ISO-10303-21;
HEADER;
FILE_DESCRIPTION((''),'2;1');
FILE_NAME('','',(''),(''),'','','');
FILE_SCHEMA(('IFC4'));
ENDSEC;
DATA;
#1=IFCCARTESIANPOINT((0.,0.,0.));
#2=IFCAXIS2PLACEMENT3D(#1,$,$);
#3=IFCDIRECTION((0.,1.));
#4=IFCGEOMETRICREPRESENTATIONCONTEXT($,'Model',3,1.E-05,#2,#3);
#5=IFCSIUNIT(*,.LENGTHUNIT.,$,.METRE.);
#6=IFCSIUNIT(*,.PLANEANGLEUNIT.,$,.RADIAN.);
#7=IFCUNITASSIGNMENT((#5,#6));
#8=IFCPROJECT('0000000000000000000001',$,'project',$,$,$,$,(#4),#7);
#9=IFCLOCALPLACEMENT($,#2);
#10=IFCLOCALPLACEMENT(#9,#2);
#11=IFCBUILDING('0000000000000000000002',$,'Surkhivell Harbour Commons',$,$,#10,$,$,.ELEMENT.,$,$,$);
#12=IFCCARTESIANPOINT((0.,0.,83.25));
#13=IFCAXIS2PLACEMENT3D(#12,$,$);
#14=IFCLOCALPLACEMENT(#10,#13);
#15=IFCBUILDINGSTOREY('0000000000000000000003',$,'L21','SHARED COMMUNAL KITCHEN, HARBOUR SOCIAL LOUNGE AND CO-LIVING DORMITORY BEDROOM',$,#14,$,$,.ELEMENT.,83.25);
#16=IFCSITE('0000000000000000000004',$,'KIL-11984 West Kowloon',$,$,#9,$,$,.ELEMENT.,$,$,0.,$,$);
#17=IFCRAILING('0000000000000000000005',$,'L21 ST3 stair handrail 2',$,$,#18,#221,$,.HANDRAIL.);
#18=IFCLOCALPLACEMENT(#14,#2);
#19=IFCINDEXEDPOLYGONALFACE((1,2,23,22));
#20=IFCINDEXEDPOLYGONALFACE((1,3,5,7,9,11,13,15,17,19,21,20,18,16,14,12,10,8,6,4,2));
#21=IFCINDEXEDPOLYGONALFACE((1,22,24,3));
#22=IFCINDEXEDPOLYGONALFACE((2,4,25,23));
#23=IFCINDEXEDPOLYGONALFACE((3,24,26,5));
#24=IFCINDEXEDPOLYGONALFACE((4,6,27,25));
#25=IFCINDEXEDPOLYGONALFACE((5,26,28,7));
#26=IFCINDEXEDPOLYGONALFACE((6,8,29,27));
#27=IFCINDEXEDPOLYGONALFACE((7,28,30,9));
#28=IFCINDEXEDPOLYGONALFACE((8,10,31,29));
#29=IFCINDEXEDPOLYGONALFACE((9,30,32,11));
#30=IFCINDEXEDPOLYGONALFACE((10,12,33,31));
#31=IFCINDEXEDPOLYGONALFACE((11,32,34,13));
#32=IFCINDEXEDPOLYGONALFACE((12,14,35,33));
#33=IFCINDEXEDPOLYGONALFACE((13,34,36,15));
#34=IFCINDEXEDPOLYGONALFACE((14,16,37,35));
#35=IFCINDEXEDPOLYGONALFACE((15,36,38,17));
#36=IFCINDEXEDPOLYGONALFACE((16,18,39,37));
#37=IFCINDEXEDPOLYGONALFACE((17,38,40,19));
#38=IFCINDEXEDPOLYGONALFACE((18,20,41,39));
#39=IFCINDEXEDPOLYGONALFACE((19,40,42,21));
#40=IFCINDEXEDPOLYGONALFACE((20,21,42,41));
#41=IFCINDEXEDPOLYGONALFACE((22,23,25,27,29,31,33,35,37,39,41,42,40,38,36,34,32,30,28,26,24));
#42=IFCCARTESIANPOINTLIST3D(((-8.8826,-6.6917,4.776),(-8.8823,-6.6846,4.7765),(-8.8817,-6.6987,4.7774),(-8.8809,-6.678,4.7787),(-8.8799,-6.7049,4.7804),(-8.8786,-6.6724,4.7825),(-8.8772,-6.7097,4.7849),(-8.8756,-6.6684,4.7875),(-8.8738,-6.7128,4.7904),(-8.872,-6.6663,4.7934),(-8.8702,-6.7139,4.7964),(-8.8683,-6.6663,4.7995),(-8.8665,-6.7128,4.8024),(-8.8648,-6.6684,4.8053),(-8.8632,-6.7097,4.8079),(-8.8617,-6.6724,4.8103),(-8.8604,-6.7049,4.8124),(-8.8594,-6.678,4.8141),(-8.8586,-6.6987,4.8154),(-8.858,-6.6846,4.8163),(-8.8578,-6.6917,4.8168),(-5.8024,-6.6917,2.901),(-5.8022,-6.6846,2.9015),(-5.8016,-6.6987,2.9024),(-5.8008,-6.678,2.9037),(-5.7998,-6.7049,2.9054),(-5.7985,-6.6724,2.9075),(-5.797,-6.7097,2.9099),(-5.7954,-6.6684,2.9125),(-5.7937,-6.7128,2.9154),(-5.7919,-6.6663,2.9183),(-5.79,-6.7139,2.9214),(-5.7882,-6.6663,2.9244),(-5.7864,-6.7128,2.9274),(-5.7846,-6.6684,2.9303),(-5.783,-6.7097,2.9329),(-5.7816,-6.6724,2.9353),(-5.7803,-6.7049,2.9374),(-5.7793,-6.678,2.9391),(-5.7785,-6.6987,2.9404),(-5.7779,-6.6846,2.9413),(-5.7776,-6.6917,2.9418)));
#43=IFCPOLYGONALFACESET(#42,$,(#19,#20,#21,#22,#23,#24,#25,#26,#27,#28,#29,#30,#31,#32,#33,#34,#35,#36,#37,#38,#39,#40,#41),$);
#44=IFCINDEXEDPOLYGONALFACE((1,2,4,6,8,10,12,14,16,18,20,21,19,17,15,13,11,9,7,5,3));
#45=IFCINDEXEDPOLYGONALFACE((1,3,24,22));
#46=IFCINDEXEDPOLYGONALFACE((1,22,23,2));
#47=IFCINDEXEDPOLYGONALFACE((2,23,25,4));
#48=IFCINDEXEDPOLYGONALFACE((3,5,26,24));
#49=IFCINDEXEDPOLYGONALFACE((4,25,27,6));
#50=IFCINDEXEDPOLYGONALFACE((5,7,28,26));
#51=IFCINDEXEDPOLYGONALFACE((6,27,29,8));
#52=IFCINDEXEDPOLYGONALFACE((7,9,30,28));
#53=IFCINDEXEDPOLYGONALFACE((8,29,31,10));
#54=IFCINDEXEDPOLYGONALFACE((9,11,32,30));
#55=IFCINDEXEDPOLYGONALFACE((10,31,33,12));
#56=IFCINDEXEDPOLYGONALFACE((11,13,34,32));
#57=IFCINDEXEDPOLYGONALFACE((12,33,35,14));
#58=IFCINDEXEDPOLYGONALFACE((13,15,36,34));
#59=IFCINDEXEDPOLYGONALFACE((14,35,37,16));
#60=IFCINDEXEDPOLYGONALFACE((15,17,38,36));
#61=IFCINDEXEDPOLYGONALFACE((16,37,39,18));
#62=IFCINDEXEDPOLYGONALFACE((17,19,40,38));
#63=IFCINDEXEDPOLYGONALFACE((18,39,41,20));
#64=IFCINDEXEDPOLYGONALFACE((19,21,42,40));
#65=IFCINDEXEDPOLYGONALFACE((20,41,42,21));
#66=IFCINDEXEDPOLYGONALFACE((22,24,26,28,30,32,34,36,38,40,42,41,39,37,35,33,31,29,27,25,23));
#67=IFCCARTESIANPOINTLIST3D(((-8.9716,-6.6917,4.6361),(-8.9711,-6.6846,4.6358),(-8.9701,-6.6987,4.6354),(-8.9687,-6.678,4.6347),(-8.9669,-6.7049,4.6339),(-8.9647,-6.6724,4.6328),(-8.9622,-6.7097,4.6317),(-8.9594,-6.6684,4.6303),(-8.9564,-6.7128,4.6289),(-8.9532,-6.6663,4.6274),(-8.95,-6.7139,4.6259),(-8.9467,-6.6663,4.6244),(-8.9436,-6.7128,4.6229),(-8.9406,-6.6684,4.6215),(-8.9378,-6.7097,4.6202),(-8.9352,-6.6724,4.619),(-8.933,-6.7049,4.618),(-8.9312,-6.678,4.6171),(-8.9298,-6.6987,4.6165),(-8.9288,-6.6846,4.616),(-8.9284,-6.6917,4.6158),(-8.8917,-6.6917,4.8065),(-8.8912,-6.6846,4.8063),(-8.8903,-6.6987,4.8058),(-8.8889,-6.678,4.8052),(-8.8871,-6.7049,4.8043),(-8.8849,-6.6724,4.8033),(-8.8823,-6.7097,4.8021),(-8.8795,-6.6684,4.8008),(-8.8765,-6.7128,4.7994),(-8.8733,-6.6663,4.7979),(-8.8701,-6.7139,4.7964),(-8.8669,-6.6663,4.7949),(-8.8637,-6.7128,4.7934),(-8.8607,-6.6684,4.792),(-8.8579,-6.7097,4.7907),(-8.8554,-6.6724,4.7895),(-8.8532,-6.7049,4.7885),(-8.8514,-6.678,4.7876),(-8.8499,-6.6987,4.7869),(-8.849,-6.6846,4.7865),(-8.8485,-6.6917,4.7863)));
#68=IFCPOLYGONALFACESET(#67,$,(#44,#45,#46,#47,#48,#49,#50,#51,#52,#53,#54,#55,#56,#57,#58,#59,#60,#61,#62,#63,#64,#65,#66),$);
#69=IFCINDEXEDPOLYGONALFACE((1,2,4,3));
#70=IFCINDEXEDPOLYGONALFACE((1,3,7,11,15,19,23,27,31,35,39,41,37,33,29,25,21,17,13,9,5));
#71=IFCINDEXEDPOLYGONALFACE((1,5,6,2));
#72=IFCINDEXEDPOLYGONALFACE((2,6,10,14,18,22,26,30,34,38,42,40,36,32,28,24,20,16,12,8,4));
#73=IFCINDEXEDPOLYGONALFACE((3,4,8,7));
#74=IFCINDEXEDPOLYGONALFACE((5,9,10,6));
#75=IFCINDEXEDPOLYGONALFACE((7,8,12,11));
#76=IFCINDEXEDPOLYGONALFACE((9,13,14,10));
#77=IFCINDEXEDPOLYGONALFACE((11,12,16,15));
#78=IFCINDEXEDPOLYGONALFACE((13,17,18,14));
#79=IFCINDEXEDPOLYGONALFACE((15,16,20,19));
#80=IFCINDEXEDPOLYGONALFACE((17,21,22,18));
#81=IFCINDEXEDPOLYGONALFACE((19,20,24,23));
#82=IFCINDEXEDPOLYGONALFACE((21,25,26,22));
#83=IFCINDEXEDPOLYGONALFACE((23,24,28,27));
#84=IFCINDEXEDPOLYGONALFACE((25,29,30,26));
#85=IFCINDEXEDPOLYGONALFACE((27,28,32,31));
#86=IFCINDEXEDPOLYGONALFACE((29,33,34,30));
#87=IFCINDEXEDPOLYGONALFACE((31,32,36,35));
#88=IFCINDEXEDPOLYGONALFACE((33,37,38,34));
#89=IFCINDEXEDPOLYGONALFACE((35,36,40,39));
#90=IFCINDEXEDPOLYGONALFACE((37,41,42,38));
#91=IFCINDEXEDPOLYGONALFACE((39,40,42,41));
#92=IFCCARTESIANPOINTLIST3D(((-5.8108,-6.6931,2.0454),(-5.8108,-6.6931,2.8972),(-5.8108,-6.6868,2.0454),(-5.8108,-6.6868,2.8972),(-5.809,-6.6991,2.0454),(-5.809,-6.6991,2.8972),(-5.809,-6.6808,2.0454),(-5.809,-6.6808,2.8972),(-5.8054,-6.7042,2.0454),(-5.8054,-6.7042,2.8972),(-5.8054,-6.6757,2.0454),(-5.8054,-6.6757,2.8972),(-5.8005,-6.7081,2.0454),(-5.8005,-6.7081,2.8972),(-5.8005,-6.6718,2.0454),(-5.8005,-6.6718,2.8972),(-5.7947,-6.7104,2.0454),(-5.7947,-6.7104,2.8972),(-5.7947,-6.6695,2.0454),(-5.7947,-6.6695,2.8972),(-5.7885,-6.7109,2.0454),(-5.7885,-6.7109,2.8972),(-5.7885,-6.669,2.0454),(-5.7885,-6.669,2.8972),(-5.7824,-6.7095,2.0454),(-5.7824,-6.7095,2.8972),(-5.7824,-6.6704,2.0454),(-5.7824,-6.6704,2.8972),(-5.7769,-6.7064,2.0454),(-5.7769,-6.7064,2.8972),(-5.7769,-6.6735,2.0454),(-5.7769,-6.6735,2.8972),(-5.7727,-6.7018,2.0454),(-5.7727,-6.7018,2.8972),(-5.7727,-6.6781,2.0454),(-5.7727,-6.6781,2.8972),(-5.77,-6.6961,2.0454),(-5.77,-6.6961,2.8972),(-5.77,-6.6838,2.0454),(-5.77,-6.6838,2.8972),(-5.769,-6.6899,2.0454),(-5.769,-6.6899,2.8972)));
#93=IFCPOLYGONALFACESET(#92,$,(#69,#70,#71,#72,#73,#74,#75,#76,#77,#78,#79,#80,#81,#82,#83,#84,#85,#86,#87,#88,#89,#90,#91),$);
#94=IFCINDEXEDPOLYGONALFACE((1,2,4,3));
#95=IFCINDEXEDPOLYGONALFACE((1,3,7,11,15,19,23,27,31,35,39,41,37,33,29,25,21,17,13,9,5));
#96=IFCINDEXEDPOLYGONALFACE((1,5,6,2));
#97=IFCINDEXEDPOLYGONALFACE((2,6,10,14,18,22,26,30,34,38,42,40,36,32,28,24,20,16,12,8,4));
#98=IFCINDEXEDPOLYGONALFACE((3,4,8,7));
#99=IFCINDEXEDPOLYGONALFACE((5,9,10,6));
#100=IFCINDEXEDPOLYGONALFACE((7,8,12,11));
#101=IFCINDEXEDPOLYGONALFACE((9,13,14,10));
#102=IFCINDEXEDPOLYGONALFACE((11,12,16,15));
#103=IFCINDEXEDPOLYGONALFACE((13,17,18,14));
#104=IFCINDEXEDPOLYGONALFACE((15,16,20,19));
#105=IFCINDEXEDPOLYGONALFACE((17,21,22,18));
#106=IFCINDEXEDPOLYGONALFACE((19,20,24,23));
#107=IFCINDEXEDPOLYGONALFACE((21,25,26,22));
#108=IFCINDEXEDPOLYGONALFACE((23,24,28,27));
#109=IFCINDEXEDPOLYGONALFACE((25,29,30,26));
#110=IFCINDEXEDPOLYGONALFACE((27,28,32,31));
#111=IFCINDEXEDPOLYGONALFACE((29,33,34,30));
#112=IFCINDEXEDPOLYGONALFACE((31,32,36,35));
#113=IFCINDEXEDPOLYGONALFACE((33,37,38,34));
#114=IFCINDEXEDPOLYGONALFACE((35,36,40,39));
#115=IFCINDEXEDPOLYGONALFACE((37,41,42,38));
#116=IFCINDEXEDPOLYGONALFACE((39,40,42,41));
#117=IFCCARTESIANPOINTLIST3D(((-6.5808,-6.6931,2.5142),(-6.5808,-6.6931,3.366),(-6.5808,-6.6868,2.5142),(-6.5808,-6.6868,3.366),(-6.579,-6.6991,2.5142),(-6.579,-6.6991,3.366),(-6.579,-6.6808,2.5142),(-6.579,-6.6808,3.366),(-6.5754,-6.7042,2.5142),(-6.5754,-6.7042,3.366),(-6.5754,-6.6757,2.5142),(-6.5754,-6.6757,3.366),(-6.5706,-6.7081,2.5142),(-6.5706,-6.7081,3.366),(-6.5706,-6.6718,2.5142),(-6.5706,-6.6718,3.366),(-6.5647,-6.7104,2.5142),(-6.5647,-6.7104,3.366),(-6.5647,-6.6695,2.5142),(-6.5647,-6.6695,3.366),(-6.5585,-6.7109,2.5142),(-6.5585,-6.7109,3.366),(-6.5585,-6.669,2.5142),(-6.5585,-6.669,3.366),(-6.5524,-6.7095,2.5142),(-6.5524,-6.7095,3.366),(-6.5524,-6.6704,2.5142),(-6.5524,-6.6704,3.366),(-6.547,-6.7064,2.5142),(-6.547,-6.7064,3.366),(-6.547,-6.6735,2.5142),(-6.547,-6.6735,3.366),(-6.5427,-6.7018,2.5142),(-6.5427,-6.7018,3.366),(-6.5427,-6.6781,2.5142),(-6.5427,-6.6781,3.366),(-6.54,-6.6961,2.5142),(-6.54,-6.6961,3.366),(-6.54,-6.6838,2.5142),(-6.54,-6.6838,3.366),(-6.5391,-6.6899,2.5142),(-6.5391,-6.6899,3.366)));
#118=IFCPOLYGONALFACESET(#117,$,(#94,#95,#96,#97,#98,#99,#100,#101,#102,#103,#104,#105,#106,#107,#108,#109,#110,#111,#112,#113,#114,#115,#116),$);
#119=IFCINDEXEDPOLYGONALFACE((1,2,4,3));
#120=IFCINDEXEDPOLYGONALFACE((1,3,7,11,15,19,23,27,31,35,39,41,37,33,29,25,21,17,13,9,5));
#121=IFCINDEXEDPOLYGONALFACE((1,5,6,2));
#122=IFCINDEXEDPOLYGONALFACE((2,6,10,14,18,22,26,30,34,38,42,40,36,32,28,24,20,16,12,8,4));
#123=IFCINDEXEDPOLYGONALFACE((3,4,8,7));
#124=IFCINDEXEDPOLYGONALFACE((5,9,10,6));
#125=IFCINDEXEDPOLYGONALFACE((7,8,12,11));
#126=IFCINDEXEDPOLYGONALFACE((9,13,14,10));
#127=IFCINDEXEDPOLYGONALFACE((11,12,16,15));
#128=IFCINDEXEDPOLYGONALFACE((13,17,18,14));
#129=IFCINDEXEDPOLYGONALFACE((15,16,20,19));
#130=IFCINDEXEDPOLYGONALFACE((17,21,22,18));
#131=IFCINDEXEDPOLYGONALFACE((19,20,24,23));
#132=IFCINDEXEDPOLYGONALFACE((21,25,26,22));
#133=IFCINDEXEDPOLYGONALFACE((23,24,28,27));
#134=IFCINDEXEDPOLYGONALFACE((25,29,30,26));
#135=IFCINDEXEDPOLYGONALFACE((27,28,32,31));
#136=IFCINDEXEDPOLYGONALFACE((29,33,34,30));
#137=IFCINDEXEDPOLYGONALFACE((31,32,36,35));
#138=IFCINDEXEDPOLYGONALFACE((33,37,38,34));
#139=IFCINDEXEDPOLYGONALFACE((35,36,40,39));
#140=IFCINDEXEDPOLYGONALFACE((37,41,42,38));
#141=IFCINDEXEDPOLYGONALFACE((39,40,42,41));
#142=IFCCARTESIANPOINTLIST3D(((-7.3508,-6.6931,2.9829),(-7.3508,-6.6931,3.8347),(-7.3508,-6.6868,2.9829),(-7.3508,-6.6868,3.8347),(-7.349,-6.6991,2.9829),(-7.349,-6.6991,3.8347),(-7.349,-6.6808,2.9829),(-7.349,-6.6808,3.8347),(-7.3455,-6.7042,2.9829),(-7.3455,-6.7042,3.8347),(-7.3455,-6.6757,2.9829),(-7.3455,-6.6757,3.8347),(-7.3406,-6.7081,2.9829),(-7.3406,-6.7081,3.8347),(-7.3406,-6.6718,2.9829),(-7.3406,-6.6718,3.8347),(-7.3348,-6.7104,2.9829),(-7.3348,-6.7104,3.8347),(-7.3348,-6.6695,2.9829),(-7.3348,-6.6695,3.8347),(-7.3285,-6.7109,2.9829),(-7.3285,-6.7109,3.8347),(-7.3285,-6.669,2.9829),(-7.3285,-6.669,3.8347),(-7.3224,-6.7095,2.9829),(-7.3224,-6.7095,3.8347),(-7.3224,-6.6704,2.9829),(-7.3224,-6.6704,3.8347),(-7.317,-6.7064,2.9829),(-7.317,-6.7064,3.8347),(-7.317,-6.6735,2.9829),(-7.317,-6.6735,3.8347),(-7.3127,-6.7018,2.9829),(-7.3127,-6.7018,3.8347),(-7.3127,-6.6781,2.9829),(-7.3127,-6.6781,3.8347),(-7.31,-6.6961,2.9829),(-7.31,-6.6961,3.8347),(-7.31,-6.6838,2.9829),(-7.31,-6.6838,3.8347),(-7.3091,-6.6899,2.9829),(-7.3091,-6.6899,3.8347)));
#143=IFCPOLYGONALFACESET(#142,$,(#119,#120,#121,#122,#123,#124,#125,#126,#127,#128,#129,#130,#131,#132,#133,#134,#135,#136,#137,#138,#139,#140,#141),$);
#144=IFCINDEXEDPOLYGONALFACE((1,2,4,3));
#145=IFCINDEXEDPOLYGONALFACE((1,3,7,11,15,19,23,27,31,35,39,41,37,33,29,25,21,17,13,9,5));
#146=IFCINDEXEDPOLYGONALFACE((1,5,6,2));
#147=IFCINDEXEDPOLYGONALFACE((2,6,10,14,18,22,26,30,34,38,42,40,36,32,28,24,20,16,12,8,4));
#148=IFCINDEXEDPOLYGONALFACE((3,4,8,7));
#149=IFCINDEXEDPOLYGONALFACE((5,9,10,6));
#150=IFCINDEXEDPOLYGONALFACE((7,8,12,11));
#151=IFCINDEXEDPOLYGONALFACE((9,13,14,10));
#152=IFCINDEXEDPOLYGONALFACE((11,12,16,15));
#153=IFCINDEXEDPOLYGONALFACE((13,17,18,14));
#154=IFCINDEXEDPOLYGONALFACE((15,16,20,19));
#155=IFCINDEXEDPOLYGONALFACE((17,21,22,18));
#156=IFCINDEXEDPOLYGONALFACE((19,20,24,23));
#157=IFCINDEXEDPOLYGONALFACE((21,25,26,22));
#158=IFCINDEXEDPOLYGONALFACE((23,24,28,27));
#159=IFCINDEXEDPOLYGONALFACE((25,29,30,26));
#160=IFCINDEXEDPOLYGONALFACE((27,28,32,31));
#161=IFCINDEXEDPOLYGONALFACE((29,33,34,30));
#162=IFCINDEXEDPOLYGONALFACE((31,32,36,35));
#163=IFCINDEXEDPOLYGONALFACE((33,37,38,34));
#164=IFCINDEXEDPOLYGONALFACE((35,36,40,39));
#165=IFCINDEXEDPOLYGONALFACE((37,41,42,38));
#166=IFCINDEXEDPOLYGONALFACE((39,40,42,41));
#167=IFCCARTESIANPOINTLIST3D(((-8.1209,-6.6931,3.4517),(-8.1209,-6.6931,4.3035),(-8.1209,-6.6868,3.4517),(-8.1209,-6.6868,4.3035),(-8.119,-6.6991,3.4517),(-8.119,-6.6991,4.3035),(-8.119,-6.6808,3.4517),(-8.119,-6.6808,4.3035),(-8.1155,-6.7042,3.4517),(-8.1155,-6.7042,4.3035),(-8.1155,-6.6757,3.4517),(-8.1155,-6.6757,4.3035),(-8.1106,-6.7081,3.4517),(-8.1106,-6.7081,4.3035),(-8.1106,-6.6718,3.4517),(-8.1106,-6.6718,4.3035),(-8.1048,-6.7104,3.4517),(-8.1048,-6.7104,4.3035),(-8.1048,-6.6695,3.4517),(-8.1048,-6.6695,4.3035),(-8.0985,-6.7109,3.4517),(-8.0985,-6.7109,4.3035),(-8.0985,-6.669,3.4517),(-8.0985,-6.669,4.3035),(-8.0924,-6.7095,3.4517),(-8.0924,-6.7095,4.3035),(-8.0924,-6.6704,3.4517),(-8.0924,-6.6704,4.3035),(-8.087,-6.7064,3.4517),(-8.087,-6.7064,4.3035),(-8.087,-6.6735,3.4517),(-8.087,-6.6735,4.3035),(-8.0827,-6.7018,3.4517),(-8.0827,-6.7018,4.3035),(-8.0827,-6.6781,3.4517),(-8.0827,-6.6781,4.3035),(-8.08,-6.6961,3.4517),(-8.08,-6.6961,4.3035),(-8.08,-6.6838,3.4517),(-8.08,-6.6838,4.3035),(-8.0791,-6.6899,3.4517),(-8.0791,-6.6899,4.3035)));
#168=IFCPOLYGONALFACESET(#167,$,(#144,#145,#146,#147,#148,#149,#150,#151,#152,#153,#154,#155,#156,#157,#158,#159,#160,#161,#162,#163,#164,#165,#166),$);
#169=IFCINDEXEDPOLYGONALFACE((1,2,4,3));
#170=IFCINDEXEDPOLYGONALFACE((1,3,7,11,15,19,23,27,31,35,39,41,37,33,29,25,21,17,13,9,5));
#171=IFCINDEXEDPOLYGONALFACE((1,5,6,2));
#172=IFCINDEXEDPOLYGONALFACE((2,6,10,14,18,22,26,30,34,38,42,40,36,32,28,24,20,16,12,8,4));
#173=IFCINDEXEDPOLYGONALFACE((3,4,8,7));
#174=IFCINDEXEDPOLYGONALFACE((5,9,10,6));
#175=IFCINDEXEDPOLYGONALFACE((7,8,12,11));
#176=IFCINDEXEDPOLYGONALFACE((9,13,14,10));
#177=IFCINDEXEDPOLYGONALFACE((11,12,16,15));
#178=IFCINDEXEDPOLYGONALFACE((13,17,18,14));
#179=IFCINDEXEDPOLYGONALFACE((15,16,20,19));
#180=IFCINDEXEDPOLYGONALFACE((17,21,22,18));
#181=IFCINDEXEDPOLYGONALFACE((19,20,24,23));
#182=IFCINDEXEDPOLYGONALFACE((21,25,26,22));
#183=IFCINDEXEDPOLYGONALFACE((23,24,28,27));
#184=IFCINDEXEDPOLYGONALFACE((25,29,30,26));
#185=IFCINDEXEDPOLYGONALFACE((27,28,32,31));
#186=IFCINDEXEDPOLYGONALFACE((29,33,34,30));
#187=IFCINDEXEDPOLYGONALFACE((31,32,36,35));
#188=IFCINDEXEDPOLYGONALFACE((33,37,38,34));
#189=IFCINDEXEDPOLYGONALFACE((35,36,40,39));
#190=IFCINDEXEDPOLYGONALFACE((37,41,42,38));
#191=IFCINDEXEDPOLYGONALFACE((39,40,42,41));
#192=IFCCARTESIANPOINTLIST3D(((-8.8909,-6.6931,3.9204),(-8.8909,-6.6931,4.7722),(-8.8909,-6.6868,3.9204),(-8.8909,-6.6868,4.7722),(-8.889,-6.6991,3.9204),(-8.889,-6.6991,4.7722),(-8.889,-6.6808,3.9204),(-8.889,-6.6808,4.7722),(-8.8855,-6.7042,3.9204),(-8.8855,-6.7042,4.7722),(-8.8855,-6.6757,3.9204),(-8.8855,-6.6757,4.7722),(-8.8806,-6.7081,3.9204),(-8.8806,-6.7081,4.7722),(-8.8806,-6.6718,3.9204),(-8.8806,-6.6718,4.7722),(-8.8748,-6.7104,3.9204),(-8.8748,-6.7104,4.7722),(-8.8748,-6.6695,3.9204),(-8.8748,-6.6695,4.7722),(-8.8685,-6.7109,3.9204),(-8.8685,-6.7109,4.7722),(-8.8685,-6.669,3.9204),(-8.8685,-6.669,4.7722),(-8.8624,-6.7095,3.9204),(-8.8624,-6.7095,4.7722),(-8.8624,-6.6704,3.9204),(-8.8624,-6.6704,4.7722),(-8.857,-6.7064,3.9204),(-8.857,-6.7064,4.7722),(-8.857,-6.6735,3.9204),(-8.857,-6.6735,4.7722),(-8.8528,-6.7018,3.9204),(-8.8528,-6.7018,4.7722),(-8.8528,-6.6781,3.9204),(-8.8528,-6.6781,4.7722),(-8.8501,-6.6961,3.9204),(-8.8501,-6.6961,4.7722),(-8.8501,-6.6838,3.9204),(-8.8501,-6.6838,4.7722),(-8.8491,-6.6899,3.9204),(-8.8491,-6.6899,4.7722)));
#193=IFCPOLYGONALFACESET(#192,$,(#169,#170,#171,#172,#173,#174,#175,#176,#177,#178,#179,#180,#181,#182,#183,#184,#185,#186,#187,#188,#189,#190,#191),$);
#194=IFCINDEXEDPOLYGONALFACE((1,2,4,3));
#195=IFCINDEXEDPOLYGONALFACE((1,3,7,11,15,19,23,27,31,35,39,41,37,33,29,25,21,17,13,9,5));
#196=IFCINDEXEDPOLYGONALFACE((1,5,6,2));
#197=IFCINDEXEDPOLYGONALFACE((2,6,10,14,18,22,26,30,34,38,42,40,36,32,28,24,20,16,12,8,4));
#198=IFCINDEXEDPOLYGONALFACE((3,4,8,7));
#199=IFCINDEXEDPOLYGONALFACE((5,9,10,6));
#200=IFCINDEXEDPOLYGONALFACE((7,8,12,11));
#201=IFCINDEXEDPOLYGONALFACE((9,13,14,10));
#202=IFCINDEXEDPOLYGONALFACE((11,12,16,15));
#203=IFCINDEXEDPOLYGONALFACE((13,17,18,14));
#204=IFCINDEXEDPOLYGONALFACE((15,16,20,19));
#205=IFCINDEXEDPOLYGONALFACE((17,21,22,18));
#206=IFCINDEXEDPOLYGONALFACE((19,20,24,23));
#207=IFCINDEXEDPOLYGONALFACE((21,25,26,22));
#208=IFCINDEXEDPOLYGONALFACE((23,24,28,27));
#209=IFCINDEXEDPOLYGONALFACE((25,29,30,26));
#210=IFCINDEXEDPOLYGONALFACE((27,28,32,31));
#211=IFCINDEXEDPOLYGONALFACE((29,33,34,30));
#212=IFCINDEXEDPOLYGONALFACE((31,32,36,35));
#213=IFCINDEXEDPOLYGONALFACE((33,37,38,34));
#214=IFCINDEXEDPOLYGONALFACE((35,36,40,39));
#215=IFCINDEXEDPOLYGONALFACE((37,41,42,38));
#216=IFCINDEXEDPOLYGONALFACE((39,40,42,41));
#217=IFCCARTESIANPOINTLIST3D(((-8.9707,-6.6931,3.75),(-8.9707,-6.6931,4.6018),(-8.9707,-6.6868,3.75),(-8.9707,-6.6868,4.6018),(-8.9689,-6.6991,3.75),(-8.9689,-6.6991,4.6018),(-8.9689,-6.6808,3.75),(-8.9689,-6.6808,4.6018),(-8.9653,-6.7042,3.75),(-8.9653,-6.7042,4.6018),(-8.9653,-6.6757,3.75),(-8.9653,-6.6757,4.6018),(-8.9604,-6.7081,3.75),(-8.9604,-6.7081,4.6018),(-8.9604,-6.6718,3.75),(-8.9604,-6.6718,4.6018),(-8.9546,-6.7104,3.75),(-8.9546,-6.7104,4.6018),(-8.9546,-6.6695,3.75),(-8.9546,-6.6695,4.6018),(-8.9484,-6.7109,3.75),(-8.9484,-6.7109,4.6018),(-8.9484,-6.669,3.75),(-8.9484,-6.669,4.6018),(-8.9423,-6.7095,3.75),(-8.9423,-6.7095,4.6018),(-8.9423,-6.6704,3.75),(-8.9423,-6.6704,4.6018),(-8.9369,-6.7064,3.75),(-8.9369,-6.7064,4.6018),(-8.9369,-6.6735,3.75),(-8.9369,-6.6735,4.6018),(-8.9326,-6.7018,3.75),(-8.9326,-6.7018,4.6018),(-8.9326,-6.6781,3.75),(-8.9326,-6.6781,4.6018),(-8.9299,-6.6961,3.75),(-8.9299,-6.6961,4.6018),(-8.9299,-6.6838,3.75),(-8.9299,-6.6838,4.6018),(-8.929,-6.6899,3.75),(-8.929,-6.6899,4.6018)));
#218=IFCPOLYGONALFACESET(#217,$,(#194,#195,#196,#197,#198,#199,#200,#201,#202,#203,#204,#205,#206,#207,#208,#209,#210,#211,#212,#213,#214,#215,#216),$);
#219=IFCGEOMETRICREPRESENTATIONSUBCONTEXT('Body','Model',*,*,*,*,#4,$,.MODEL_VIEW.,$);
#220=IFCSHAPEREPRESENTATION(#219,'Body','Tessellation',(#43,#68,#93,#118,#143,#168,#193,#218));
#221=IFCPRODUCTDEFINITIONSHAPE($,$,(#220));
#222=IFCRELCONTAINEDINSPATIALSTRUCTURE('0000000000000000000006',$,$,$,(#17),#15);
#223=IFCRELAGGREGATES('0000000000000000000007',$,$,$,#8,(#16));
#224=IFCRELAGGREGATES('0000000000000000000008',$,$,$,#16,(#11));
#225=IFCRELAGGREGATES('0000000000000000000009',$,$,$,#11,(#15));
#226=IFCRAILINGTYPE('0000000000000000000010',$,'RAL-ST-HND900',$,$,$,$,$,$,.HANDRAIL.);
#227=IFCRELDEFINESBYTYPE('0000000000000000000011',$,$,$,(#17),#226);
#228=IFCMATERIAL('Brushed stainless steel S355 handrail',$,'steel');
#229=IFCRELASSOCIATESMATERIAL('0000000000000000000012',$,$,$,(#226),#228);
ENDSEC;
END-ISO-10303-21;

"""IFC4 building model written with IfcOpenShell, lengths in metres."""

from ifc_helpers import new_model, si_unit, direction, frame, origin, origin_2d, place, context, subcontext, project, spatial, circle, extrude, material, type_object, element, save


model = new_model("IFC4")

# Units and contexts
model_context = context("Model", 3, precision=1e-05, world=origin(), true_north=direction((0.0, 1.0)))
body_context = subcontext(model_context, "Body", "Model", "MODEL_VIEW")
ifc_project = project(units=[si_unit("LENGTHUNIT", "METRE"), si_unit("PLANEANGLEUNIT", "RADIAN")], contexts=[model_context])

# Site, building, storey
site_placement = place(None, origin())
site = spatial("IfcSite", under=ifc_project, at=site_placement, Name="KIL-11984 West Kowloon", CompositionType="ELEMENT", RefElevation=0.0)
building_placement = place(site_placement, origin())
building = spatial("IfcBuilding", under=site, at=building_placement, Name="Surkhivell Harbour Commons", CompositionType="ELEMENT")
storey_placement = place(building_placement, frame((0.0, 0.0, 83.25)))
storey = spatial("IfcBuildingStorey", under=building, at=storey_placement, Name="L21", Description="SHARED COMMUNAL KITCHEN, HARBOUR SOCIAL LOUNGE AND CO-LIVING DORMITORY BEDROOM", CompositionType="ELEMENT", Elevation=83.25)

# Railing
ifc_material_1 = material(Name="Brushed stainless steel S355 handrail", Category="steel")
railing_type_1 = type_object("IfcRailingType", Name="RAL-ST-HND900", PredefinedType="HANDRAIL", material=ifc_material_1)
railing_1_placement = place(storey_placement, frame((-5.79, -6.6899, 2.0454)))
element("IfcRailing", 1, at=railing_1_placement, inside=storey, type_object=railing_type_1, Name="L21 ST3 stair handrail 2", PredefinedType="HANDRAIL", context=body_context, shape_type="SweptSolid", body=[
    extrude(circle(Radius=0.0239, at=origin_2d()), frame((0.0, 0.0, 0.876), z_axis=(-0.854178, 0.0, 0.519981), x_axis=(0.0, -1.0, 0.0)), (0.0, 0.0, 1.0), 3.606),
    extrude(circle(Radius=0.0239, at=origin_2d()), frame((-3.0801, 0.0, 2.751), z_axis=(-0.424234, 0.0, -0.905552), x_axis=(0.0, -1.0, 0.0)), (0.0, 0.0, 1.0), 0.1882),
    extrude(circle(Radius=0.021, at=origin_2d()), origin(), (0.0, 0.0, 1.0), 0.8518),
    extrude(circle(Radius=0.021, at=origin_2d()), frame((-0.77, 0.0, 0.4688)), (0.0, 0.0, 1.0), 0.8518),
    extrude(circle(Radius=0.021, at=origin_2d()), frame((-1.54, 0.0, 0.9375)), (0.0, 0.0, 1.0), 0.8518),
    extrude(circle(Radius=0.021, at=origin_2d()), frame((-2.3101, 0.0, 1.4062)), (0.0, 0.0, 1.0), 0.8518),
    extrude(circle(Radius=0.021, at=origin_2d()), frame((-3.0801, 0.0, 1.875)), (0.0, 0.0, 1.0), 0.8518),
    extrude(circle(Radius=0.021, at=origin_2d()), frame((-3.1599, 0.0, 1.7046)), (0.0, 0.0, 1.0), 0.8518),
])

save(model, "model.ifc")
